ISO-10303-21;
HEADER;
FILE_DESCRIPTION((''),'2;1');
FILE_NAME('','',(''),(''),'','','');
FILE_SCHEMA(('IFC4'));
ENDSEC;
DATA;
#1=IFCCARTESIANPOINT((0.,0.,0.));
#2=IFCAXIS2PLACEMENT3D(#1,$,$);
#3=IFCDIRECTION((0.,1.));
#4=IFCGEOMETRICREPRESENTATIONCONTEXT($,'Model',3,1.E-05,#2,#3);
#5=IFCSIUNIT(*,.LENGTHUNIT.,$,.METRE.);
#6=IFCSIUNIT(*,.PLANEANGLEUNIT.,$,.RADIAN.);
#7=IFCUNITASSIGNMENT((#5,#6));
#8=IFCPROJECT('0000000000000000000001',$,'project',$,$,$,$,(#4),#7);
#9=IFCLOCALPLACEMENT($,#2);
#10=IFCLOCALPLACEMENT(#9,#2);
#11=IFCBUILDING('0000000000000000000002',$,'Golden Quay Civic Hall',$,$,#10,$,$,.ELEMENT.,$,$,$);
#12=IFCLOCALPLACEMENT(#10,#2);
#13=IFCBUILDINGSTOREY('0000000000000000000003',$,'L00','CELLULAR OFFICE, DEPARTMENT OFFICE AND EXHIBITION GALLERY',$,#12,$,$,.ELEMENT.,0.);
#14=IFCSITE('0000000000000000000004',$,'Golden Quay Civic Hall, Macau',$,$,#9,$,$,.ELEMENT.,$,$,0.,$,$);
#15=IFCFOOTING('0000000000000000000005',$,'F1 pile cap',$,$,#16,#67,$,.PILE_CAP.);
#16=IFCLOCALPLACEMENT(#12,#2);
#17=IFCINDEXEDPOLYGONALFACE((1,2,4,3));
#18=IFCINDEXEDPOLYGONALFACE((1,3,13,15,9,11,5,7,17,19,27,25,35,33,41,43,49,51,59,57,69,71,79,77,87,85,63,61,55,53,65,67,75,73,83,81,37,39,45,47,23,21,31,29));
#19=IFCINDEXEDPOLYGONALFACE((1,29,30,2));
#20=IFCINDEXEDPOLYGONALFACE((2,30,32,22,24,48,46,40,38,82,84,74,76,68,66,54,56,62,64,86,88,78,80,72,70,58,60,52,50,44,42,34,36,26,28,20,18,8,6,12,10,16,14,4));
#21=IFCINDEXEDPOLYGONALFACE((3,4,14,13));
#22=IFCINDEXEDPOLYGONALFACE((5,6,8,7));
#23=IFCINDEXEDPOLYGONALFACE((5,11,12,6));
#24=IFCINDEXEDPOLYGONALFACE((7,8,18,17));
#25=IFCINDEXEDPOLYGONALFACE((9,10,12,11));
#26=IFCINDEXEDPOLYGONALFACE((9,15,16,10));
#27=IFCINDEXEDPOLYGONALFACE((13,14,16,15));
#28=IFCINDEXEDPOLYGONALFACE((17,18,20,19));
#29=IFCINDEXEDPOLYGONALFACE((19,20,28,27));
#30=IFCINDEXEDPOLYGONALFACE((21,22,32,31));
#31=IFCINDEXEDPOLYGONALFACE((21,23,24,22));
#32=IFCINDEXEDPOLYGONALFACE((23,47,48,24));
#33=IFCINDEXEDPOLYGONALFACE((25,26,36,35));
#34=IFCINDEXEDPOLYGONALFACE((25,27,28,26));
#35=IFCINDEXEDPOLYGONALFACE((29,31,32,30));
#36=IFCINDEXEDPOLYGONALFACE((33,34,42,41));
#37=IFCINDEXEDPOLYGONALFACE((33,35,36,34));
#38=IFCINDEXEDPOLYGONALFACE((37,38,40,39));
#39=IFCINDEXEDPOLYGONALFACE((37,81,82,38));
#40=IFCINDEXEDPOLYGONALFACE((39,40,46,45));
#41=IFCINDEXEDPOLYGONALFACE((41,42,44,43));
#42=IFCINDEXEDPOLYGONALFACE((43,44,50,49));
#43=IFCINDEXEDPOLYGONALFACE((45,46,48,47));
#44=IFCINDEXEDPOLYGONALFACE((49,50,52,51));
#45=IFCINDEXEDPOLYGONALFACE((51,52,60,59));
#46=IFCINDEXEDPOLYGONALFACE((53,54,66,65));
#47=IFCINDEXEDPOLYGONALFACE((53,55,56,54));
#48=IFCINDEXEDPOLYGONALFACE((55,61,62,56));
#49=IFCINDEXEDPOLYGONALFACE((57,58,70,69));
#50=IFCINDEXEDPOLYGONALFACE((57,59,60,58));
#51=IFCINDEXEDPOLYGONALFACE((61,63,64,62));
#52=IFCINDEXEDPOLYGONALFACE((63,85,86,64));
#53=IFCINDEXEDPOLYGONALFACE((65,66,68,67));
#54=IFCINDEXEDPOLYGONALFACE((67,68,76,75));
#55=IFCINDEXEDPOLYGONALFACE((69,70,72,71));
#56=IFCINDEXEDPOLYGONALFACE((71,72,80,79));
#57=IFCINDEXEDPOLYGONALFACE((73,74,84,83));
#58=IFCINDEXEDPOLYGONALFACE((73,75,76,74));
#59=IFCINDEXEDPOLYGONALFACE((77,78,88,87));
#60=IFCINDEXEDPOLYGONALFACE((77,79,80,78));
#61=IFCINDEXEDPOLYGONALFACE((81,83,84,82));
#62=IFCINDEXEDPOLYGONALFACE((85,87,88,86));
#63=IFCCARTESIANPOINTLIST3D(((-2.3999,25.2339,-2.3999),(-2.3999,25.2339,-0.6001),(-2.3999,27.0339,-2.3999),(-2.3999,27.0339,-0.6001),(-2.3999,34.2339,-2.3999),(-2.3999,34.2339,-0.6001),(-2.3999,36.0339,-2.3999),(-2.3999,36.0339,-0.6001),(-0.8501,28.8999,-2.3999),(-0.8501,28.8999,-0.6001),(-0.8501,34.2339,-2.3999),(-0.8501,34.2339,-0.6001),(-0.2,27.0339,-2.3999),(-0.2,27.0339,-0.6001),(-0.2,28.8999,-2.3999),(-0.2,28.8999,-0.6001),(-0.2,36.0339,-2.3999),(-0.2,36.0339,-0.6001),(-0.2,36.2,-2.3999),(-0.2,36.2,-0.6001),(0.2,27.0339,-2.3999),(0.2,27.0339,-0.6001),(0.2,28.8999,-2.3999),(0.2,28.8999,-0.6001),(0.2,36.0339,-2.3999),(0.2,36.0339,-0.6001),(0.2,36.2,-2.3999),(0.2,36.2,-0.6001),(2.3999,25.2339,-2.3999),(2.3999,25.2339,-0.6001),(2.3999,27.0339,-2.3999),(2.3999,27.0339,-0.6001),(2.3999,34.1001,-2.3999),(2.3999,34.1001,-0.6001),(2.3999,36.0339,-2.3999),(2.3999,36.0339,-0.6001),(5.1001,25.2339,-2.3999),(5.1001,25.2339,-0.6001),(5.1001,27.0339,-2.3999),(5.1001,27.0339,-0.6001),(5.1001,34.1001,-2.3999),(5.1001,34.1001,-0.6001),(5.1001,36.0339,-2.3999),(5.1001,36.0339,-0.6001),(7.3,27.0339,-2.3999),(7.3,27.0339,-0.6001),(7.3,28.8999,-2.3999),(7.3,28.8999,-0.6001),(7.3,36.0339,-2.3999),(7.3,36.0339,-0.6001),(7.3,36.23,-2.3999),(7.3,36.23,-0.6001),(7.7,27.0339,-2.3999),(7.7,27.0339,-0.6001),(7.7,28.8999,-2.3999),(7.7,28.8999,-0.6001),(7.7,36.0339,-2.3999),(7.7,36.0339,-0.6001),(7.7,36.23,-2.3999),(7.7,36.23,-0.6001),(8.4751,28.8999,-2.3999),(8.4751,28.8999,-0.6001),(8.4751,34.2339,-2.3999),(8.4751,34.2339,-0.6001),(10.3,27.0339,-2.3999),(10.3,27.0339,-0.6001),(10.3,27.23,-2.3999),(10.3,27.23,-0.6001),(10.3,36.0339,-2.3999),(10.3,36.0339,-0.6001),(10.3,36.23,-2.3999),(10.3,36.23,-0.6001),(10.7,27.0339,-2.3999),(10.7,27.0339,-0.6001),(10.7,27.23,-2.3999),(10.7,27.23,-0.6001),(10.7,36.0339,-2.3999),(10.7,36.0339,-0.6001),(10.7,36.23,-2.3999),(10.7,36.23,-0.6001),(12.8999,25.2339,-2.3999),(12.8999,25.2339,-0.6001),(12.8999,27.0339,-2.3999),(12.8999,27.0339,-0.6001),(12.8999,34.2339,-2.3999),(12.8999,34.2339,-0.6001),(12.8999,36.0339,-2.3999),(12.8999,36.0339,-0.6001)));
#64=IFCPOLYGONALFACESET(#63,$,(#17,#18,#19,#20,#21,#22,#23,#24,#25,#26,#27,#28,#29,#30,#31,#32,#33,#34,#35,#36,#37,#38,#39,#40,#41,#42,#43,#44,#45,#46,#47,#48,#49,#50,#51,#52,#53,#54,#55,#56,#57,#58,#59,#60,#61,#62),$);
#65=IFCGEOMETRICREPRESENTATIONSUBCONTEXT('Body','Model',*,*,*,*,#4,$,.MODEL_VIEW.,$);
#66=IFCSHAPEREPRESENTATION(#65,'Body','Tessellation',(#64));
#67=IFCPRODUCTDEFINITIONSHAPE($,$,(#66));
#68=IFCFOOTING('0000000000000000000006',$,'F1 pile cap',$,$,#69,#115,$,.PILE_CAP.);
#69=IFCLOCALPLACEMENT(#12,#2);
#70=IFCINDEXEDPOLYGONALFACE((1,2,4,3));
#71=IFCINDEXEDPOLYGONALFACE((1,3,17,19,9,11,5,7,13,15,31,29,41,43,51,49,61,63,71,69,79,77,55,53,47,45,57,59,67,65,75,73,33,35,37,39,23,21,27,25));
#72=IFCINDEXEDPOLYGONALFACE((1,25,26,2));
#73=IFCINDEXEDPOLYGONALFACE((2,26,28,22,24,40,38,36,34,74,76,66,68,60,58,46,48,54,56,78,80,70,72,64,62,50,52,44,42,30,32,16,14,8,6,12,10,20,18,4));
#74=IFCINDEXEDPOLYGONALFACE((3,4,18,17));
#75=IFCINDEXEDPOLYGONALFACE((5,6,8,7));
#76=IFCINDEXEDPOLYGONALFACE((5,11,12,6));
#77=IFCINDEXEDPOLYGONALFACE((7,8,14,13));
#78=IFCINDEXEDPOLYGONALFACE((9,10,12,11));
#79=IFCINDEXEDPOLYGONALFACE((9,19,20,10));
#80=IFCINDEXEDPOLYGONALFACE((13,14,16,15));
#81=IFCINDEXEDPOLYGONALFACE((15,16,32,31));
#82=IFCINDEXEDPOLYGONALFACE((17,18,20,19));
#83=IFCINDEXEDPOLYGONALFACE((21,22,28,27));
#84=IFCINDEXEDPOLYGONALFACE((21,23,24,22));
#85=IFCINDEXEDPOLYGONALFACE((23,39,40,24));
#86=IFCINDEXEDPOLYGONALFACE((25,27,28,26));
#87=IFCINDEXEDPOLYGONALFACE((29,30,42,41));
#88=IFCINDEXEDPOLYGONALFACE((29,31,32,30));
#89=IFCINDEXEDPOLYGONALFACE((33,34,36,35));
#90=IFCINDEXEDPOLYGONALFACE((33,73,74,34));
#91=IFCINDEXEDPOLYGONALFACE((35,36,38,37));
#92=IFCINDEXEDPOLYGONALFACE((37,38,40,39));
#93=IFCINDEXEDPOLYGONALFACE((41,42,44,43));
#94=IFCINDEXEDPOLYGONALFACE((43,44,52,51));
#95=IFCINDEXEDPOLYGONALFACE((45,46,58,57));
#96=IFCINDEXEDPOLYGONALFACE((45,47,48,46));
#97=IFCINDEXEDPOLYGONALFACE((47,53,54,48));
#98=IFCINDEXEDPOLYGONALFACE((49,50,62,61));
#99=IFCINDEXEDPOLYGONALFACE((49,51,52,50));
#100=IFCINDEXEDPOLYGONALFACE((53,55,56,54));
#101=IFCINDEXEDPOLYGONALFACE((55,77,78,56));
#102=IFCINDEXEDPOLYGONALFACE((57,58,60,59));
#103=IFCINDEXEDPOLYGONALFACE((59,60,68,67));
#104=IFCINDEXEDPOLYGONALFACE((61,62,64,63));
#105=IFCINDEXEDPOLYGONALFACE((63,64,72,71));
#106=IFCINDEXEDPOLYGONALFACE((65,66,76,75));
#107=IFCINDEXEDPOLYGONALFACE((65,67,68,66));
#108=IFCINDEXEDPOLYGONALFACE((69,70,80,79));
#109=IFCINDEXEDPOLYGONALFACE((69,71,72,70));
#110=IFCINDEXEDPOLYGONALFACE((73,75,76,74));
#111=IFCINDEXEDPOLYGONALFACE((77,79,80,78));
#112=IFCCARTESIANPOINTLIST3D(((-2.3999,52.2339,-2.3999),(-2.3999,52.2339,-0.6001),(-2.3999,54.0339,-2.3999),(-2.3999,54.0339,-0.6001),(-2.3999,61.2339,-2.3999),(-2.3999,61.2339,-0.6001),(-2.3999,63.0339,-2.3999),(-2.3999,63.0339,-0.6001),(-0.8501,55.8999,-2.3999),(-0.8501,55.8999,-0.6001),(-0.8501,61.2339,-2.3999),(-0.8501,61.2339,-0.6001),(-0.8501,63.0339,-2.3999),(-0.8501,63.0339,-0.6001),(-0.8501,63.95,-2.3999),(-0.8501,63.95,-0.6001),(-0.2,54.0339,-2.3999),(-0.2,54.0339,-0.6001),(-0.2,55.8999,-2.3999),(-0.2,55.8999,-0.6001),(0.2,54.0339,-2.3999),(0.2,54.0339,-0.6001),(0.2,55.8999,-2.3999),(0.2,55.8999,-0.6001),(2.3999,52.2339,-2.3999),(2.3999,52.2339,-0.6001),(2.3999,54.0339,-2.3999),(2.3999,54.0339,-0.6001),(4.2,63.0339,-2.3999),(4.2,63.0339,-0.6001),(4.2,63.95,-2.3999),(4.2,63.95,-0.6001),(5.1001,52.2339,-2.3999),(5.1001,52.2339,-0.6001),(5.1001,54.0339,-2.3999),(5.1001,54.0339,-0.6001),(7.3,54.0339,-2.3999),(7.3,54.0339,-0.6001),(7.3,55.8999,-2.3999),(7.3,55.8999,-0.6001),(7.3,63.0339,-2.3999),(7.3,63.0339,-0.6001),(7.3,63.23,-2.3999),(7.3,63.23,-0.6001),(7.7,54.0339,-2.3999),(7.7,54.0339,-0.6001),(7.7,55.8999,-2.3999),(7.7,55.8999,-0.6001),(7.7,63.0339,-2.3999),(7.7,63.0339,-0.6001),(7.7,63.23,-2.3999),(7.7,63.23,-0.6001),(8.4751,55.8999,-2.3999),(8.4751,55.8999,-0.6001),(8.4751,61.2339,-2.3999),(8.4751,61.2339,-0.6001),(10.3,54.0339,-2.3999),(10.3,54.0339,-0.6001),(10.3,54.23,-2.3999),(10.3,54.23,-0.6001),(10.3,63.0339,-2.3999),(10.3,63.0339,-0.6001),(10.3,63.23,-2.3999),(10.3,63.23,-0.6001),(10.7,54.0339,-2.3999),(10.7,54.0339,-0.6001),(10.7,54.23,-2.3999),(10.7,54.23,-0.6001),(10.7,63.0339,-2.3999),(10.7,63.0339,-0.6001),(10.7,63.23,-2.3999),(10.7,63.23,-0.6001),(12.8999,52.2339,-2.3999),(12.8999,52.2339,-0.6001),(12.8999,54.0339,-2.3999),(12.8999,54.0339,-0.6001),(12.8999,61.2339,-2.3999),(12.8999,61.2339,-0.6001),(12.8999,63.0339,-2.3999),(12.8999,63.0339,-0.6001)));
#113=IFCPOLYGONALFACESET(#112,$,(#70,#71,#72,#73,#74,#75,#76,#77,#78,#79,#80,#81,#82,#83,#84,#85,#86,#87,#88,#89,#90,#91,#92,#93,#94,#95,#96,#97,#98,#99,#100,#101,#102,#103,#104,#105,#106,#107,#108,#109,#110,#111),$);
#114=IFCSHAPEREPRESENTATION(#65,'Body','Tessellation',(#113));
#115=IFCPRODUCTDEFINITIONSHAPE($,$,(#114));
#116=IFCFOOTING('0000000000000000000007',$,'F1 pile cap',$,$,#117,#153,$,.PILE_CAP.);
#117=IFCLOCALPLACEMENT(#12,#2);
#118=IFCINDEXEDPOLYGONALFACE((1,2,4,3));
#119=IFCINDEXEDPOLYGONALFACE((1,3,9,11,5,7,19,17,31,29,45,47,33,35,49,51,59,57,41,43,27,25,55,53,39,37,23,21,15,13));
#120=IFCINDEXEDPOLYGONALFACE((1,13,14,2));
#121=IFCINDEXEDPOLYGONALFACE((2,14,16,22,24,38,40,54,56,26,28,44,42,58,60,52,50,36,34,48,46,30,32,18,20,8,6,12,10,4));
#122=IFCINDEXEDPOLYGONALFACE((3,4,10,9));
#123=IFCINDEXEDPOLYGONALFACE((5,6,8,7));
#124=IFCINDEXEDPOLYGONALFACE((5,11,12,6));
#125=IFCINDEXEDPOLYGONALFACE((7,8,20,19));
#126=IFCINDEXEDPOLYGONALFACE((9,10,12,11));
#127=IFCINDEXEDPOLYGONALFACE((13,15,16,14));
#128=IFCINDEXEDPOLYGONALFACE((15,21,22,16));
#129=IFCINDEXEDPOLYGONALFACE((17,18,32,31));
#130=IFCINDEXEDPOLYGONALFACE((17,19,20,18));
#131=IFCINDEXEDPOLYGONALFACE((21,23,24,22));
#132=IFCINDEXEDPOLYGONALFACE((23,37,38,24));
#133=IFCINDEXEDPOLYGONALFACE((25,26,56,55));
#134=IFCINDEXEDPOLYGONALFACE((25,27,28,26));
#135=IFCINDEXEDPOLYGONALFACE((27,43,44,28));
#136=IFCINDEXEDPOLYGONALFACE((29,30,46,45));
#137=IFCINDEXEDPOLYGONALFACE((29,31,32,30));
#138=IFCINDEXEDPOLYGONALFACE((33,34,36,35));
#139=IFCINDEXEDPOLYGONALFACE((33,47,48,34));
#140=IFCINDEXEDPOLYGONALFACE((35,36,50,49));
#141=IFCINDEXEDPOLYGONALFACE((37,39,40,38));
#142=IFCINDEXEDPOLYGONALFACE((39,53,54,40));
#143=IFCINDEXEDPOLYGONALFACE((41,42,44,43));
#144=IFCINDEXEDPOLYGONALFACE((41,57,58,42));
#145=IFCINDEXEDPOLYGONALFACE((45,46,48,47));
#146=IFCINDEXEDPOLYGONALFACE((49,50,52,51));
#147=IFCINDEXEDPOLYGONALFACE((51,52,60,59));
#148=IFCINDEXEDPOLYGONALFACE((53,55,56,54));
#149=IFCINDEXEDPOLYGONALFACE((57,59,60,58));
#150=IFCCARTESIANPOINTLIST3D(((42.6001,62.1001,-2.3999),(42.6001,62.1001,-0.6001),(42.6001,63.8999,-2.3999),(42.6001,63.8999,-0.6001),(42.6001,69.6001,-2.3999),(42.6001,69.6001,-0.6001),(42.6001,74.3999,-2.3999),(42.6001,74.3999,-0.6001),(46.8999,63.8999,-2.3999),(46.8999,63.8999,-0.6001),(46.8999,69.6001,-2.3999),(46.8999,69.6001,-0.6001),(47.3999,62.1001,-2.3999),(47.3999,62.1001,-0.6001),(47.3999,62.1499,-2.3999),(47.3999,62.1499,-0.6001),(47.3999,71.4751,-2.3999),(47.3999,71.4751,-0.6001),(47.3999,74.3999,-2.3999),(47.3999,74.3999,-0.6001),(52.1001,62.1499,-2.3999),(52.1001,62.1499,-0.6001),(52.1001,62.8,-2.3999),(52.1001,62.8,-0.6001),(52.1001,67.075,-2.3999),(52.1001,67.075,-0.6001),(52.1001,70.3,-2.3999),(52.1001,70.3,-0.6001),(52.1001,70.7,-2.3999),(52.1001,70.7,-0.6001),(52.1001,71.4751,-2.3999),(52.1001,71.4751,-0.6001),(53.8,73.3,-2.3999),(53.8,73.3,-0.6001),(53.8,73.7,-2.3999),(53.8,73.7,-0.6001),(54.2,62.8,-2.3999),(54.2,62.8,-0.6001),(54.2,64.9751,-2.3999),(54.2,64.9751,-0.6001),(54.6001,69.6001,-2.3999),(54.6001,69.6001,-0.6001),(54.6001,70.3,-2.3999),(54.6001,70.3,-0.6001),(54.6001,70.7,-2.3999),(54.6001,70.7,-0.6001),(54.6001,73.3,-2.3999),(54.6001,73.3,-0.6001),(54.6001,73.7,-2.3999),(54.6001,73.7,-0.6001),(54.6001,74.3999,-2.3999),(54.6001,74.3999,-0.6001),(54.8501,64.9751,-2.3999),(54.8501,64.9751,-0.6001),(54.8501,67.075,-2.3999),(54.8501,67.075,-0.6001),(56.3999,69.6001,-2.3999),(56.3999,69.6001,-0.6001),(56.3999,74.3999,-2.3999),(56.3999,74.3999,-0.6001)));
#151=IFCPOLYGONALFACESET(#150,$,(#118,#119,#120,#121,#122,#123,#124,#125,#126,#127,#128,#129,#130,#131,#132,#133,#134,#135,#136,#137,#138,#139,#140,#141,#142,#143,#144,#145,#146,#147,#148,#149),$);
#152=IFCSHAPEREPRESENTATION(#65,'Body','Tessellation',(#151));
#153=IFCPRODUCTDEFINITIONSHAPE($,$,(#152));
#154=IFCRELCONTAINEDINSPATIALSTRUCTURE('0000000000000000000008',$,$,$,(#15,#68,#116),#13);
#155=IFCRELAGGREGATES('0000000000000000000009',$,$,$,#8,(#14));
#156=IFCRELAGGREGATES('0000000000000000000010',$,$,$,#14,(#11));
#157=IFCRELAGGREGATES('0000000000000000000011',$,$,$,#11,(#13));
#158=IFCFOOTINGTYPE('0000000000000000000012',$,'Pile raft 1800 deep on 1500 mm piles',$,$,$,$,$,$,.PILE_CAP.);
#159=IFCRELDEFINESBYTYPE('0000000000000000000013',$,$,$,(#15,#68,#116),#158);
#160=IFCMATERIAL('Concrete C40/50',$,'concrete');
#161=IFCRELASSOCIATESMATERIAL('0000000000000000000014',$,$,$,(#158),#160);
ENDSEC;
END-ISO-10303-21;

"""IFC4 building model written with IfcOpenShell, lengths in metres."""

from ifc_helpers import new_model, si_unit, direction, frame, origin, place, context, subcontext, project, spatial, polyline, outline, extrude, material, type_object, element, save


model = new_model("IFC4")

# Units and contexts
model_context = context("Model", 3, precision=1e-05, world=origin(), true_north=direction((0.0, 1.0)))
body_context = subcontext(model_context, "Body", "Model", "MODEL_VIEW")
ifc_project = project(units=[si_unit("LENGTHUNIT", "METRE"), si_unit("PLANEANGLEUNIT", "RADIAN")], contexts=[model_context])

# Site, building, storey
site_placement = place(None, origin())
site = spatial("IfcSite", under=ifc_project, at=site_placement, Name="Golden Quay Civic Hall, Macau", CompositionType="ELEMENT", RefElevation=0.0)
building_placement = place(site_placement, origin())
building = spatial("IfcBuilding", under=site, at=building_placement, Name="Golden Quay Civic Hall", CompositionType="ELEMENT")
storey_placement = place(building_placement, origin())
storey = spatial("IfcBuildingStorey", under=building, at=storey_placement, Name="L00", Description="CELLULAR OFFICE, DEPARTMENT OFFICE AND EXHIBITION GALLERY", CompositionType="ELEMENT", Elevation=0.0)

# Footings
ifc_material_1 = material(Name="Concrete C40/50", Category="concrete")
footing_type_1 = type_object("IfcFootingType", Name="Pile raft 1800 deep on 1500 mm piles", PredefinedType="PILE_CAP", material=ifc_material_1)
footing_1_placement = place(storey_placement, frame((0.0, 0.0, -2.3999)))
element("IfcFooting", 1, at=footing_1_placement, inside=storey, type_object=footing_type_1, Name="F1 pile cap", PredefinedType="PILE_CAP", context=body_context, shape_type="SweptSolid", body=[
    extrude(outline(polyline([(-0.8501, 28.8999), (-0.8501, 34.2339), (-2.3999, 34.2339), (-2.3999, 36.0339), (-0.2, 36.0339), (-0.2, 36.2), (0.2, 36.2), (0.2, 36.0339), (2.3999, 36.0339), (2.3999, 34.1001), (5.1001, 34.1001), (5.1001, 36.0339), (7.3, 36.0339), (7.3, 36.23), (7.7, 36.23), (7.7, 36.0339), (10.3, 36.0339), (10.3, 36.23), (10.7, 36.23), (10.7, 36.0339), (12.8999, 36.0339), (12.8999, 34.2339), (8.4751, 34.2339), (8.4751, 28.8999), (7.7, 28.8999), (7.7, 27.0339), (10.3, 27.0339), (10.3, 27.23), (10.7, 27.23), (10.7, 27.0339), (12.8999, 27.0339), (12.8999, 25.2339), (5.1001, 25.2339), (5.1001, 27.0339), (7.3, 27.0339), (7.3, 28.8999), (0.2, 28.8999), (0.2, 27.0339), (2.3999, 27.0339), (2.3999, 25.2339), (-2.3999, 25.2339), (-2.3999, 27.0339), (-0.2, 27.0339), (-0.2, 28.8999), (-0.8501, 28.8999)])), origin(), (0.0, 0.0, 1.0), 1.7998),
])
footing_2_placement = place(storey_placement, frame((0.0, 0.0, -2.3999)))
element("IfcFooting", 2, at=footing_2_placement, inside=storey, type_object=footing_type_1, Name="F1 pile cap", PredefinedType="PILE_CAP", context=body_context, shape_type="SweptSolid", body=[
    extrude(outline(polyline([(-0.8501, 55.8999), (-0.8501, 61.2339), (-2.3999, 61.2339), (-2.3999, 63.0339), (-0.8501, 63.0339), (-0.8501, 63.95), (4.2, 63.95), (4.2, 63.0339), (7.3, 63.0339), (7.3, 63.23), (7.7, 63.23), (7.7, 63.0339), (10.3, 63.0339), (10.3, 63.23), (10.7, 63.23), (10.7, 63.0339), (12.8999, 63.0339), (12.8999, 61.2339), (8.4751, 61.2339), (8.4751, 55.8999), (7.7, 55.8999), (7.7, 54.0339), (10.3, 54.0339), (10.3, 54.23), (10.7, 54.23), (10.7, 54.0339), (12.8999, 54.0339), (12.8999, 52.2339), (5.1001, 52.2339), (5.1001, 54.0339), (7.3, 54.0339), (7.3, 55.8999), (0.2, 55.8999), (0.2, 54.0339), (2.3999, 54.0339), (2.3999, 52.2339), (-2.3999, 52.2339), (-2.3999, 54.0339), (-0.2, 54.0339), (-0.2, 55.8999), (-0.8501, 55.8999)])), origin(), (0.0, 0.0, 1.0), 1.7998),
])
footing_3_placement = place(storey_placement, frame((0.0, 0.0, -2.3999)))
element("IfcFooting", 3, at=footing_3_placement, inside=storey, type_object=footing_type_1, Name="F1 pile cap", PredefinedType="PILE_CAP", context=body_context, shape_type="SweptSolid", body=[
    extrude(outline(polyline([(42.6001, 69.6001), (42.6001, 74.3999), (47.3999, 74.3999), (47.3999, 71.4751), (52.1001, 71.4751), (52.1001, 70.7), (54.6001, 70.7), (54.6001, 73.3), (53.8, 73.3), (53.8, 73.7), (54.6001, 73.7), (54.6001, 74.3999), (56.3999, 74.3999), (56.3999, 69.6001), (54.6001, 69.6001), (54.6001, 70.3), (52.1001, 70.3), (52.1001, 67.075), (54.8501, 67.075), (54.8501, 64.9751), (54.2, 64.9751), (54.2, 62.8), (52.1001, 62.8), (52.1001, 62.1499), (47.3999, 62.1499), (47.3999, 62.1001), (42.6001, 62.1001), (42.6001, 63.8999), (46.8999, 63.8999), (46.8999, 69.6001), (42.6001, 69.6001)])), origin(), (0.0, 0.0, 1.0), 1.7998),
])

save(model, "model.ifc")
